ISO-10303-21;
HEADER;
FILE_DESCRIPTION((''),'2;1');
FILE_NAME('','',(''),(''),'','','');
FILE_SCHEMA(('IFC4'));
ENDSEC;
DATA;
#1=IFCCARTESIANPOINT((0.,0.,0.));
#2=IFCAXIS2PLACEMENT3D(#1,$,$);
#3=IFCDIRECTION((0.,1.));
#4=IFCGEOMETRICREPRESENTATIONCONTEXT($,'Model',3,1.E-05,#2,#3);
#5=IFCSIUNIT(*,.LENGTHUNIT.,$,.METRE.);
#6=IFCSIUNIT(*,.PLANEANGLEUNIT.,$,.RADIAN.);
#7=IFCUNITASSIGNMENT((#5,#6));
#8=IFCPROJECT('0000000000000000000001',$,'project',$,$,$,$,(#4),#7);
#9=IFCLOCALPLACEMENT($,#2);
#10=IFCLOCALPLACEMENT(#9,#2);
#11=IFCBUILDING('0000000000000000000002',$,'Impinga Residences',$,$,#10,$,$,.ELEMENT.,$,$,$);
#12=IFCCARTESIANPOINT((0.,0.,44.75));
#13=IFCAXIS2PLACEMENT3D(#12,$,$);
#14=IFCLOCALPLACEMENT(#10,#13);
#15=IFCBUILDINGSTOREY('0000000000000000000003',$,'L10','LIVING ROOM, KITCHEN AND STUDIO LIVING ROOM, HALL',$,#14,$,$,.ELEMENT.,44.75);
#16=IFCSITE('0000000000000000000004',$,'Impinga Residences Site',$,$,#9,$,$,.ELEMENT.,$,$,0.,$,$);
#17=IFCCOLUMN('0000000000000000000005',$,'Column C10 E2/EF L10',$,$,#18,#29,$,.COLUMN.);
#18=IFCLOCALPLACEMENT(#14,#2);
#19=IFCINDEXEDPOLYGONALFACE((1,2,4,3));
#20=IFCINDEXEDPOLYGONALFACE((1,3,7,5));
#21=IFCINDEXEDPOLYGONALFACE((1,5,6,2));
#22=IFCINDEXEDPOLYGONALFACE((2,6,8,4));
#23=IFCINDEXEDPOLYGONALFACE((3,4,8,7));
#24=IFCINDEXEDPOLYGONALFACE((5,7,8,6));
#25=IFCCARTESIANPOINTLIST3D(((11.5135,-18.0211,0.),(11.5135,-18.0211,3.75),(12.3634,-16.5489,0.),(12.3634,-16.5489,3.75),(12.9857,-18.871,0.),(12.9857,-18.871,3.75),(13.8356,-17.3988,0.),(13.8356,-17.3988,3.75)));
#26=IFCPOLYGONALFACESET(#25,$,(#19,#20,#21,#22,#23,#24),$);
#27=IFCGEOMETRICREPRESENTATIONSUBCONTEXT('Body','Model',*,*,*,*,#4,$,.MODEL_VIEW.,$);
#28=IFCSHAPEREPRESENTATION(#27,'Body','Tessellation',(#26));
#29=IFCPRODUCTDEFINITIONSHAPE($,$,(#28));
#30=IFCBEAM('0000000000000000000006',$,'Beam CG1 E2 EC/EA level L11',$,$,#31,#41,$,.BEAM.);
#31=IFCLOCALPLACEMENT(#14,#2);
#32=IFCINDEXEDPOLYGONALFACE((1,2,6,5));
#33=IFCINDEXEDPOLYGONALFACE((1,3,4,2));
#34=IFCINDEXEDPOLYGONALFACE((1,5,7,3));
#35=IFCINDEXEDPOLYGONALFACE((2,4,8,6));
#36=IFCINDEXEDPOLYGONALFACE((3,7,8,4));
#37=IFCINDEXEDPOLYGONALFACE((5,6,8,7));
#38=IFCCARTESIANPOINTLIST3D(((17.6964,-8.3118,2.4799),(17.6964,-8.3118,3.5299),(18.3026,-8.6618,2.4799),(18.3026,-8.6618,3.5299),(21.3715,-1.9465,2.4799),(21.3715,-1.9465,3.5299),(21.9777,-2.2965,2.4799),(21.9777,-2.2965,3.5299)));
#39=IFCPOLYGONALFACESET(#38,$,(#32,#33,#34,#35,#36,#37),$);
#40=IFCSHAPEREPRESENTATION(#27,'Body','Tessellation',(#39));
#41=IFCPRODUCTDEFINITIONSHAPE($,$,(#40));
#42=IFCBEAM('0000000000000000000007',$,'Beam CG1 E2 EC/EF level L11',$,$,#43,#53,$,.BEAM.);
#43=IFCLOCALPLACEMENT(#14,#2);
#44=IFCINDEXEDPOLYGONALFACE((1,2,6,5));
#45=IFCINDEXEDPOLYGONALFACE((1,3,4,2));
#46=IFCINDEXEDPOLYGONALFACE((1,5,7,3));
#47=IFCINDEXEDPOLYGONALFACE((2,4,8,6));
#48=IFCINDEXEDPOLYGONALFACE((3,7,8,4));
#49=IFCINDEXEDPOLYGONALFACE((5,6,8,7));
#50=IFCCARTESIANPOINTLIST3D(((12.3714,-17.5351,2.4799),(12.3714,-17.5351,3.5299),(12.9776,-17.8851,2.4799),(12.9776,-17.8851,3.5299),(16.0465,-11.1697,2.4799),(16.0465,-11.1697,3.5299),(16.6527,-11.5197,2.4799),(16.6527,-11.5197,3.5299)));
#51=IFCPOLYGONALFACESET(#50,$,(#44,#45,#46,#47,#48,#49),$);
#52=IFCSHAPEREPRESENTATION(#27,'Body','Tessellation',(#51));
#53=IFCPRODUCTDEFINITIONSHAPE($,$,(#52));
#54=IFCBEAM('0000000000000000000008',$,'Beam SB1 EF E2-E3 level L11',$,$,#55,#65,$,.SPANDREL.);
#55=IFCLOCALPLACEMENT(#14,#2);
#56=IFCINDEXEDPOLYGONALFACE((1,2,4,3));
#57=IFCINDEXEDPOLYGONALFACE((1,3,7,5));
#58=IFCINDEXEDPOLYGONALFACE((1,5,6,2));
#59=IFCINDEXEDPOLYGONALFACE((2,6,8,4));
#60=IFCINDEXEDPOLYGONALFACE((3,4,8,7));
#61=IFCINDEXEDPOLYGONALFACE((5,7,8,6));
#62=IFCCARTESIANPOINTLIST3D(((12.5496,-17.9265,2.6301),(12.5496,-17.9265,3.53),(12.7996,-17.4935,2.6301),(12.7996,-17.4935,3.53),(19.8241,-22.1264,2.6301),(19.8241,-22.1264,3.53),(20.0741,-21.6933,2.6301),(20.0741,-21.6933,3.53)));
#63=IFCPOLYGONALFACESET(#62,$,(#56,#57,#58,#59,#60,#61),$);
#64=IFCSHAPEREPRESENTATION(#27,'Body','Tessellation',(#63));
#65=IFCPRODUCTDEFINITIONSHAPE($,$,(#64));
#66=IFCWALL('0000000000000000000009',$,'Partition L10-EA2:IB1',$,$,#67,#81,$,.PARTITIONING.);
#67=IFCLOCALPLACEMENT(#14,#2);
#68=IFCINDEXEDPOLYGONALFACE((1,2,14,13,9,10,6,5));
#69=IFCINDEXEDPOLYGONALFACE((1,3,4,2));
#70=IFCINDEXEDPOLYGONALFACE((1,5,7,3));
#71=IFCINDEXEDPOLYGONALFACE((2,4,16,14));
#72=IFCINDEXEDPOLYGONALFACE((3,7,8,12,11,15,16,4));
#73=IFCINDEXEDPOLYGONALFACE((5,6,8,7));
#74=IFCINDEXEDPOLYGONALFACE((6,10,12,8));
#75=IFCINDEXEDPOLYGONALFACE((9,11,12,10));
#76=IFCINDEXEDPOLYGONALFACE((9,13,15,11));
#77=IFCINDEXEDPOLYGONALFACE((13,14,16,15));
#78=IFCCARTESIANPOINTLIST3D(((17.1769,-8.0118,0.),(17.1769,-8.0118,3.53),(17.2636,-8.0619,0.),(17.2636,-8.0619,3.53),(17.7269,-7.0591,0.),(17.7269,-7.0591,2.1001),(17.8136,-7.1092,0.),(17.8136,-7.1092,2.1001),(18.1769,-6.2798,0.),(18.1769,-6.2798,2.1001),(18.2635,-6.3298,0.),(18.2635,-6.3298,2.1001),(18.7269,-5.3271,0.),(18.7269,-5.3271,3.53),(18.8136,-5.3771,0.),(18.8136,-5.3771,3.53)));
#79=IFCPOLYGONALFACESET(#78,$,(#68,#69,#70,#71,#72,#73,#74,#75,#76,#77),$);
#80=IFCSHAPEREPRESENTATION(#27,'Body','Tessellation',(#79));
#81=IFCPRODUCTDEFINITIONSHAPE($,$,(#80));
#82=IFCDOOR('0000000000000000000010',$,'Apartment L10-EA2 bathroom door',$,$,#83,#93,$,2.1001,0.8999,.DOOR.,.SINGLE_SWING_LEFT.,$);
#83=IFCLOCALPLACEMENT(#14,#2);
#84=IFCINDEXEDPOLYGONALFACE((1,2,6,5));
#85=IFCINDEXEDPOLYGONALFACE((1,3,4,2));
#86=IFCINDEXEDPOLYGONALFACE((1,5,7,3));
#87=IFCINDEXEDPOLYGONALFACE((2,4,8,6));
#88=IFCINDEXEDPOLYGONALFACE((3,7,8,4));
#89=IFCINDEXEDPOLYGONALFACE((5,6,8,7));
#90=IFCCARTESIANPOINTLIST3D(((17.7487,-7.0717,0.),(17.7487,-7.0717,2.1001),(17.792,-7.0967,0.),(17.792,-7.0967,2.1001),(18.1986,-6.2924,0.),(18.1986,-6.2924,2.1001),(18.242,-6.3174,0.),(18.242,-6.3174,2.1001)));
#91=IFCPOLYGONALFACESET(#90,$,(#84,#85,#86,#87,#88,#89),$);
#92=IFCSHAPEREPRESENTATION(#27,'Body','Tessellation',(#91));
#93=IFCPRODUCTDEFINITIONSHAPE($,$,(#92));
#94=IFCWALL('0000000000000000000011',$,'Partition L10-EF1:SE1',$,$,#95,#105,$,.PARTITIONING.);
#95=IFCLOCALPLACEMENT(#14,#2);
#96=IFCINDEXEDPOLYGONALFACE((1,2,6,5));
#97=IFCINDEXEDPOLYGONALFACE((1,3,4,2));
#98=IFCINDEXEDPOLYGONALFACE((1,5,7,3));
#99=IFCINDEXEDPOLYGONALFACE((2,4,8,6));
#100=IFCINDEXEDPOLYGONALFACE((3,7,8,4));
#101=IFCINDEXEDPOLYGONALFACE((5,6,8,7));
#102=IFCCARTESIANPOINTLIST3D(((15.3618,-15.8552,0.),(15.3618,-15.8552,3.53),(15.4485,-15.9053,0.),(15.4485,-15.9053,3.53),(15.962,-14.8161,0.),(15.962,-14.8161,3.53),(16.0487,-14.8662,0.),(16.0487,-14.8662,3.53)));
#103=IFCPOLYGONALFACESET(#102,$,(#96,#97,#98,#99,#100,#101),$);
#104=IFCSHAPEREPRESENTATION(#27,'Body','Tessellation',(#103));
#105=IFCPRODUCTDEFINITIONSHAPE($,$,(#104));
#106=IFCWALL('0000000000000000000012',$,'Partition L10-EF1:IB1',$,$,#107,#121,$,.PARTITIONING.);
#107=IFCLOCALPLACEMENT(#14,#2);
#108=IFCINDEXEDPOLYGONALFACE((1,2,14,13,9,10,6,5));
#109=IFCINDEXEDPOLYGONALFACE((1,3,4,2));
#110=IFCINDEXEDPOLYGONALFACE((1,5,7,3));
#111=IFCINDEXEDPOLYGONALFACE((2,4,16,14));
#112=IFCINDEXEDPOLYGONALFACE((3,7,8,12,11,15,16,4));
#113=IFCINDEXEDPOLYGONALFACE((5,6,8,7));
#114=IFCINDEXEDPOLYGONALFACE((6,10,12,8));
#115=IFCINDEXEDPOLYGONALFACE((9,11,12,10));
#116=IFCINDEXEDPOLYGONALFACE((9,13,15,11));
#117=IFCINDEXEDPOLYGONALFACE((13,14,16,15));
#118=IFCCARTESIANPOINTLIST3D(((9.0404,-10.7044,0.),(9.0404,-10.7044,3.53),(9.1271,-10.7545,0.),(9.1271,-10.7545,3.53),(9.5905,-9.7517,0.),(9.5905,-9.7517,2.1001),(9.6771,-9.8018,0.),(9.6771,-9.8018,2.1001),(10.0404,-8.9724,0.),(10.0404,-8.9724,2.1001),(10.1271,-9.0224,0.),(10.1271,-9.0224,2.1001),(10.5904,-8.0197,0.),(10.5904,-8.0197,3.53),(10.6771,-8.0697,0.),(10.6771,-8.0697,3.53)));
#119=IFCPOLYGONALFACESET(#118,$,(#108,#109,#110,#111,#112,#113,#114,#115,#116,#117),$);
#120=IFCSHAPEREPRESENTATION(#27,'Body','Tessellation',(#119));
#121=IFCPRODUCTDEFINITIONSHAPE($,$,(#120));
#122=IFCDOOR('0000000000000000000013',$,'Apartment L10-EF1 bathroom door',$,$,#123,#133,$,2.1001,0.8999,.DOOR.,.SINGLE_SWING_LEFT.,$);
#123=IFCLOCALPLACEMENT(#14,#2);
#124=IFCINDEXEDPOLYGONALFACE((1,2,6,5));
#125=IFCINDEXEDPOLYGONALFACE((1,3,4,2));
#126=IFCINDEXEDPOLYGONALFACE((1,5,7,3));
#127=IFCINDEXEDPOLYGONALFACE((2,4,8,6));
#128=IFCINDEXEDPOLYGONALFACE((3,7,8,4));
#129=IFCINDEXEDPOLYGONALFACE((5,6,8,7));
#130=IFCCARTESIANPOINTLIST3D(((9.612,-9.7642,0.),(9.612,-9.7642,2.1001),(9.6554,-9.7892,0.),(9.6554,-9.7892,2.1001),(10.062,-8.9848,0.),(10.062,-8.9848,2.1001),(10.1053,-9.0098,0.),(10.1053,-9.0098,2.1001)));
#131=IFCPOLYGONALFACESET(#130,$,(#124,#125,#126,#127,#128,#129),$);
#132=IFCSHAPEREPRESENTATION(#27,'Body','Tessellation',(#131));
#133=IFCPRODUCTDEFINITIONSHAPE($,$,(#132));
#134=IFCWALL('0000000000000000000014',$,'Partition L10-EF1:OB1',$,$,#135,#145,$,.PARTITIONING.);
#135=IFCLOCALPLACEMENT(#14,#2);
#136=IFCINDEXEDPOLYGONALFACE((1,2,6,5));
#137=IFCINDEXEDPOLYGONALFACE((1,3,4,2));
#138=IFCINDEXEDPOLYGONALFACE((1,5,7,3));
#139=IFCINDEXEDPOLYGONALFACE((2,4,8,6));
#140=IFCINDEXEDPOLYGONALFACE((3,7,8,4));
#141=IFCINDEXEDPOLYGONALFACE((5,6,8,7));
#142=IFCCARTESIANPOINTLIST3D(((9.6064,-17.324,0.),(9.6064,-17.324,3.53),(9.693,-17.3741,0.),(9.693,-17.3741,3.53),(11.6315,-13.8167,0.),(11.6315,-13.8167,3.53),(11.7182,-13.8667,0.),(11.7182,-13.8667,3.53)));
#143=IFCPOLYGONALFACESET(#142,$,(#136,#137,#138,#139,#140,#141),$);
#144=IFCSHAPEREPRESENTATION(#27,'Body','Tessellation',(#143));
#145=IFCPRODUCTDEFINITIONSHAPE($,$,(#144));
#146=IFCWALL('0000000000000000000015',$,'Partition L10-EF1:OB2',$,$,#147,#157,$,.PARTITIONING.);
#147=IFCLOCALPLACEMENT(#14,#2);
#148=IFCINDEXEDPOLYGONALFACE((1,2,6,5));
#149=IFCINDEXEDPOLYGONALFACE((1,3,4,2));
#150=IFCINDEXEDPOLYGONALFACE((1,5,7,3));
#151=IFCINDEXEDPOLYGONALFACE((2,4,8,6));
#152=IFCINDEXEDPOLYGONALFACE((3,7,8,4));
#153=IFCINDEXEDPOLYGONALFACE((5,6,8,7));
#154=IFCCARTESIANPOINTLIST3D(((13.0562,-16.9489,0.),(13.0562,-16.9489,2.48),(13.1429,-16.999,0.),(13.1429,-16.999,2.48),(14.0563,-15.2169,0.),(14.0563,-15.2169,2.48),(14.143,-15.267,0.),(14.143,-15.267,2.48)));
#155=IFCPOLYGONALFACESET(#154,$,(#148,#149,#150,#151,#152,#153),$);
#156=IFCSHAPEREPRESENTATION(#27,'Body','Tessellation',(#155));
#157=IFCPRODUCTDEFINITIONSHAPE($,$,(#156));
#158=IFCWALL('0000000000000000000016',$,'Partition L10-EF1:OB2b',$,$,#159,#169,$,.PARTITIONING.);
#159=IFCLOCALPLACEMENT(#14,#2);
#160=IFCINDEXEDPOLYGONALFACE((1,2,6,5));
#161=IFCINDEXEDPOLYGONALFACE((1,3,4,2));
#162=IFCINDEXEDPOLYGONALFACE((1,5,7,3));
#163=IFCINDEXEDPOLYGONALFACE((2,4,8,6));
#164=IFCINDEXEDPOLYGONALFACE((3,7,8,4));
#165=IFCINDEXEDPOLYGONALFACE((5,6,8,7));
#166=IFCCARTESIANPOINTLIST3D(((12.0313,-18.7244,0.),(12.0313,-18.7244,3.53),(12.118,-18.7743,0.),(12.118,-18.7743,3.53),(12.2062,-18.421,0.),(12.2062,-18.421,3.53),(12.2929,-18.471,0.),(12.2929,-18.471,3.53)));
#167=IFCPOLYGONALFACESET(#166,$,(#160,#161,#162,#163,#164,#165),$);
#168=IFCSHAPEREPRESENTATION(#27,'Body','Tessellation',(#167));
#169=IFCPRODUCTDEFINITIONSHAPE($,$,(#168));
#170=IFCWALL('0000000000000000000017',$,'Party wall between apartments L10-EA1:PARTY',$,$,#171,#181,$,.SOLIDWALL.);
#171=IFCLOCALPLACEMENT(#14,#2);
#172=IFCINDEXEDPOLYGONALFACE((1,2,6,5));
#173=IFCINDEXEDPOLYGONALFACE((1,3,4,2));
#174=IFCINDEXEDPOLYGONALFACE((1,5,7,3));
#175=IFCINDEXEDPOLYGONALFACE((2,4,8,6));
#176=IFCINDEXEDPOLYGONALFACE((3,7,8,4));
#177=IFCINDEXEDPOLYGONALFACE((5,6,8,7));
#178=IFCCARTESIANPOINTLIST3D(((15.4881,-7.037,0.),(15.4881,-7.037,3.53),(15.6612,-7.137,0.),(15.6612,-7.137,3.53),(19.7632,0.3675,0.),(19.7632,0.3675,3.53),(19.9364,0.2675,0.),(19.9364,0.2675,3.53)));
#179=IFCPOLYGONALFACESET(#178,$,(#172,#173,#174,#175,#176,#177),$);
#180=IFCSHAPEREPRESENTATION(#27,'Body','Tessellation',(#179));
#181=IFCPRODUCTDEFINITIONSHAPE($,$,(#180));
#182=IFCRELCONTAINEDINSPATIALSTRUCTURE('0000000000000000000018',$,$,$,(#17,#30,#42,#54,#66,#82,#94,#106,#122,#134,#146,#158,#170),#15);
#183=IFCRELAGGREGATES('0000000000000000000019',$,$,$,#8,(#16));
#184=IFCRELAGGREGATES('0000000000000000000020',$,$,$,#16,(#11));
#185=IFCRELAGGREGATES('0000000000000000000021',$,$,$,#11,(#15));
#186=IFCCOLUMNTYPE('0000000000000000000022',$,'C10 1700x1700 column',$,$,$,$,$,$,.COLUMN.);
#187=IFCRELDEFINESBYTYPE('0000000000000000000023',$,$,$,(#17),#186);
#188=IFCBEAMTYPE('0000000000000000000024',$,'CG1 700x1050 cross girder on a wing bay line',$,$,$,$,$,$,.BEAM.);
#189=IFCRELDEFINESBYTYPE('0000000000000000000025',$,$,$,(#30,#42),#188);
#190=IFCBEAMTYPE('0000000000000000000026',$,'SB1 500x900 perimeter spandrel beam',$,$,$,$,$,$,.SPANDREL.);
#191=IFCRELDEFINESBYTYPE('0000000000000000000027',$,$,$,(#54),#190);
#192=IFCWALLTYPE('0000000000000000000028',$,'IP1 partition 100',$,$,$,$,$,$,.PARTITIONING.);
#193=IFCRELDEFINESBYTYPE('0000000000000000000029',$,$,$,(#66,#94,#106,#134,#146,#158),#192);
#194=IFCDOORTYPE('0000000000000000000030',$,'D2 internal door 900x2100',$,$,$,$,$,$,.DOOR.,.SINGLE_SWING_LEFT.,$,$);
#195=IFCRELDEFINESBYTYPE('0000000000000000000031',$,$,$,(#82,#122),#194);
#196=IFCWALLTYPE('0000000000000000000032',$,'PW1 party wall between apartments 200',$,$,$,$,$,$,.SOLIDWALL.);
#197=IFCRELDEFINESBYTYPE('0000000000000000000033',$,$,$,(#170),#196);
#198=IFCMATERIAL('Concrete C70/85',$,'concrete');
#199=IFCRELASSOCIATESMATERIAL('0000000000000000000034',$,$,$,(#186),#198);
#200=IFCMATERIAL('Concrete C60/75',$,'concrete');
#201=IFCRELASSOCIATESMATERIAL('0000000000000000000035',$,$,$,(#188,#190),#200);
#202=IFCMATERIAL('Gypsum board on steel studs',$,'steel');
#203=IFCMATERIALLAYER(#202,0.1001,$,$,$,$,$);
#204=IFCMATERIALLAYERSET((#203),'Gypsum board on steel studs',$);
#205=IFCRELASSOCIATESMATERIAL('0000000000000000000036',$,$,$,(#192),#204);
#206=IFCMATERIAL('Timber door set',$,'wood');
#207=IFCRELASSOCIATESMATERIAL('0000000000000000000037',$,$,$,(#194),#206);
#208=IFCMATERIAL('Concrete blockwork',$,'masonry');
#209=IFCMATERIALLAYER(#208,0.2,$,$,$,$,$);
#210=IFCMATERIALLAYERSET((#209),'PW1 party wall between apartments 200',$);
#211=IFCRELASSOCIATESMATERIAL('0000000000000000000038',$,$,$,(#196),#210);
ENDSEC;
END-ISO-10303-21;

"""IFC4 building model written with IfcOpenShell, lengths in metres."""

from ifc_helpers import new_model, si_unit, direction, frame, frame_2d, origin, origin_2d, place, context, subcontext, project, spatial, rectangle, extrude, material, layer, layer_set, material_profile, profile_set, type_object, element, fill, save


model = new_model("IFC4")

# Units and contexts
model_context = context("Model", 3, precision=1e-05, world=origin(), true_north=direction((0.0, 1.0)))
body_context = subcontext(model_context, "Body", "Model", "MODEL_VIEW")
ifc_project = project(units=[si_unit("LENGTHUNIT", "METRE"), si_unit("PLANEANGLEUNIT", "RADIAN")], contexts=[model_context])

# Site, building, storey
site_placement = place(None, origin())
site = spatial("IfcSite", under=ifc_project, at=site_placement, Name="Impinga Residences Site", CompositionType="ELEMENT", RefElevation=0.0)
building_placement = place(site_placement, origin())
building = spatial("IfcBuilding", under=site, at=building_placement, Name="Impinga Residences", CompositionType="ELEMENT")
storey_placement = place(building_placement, frame((0.0, 0.0, 44.75)))
storey = spatial("IfcBuildingStorey", under=building, at=storey_placement, Name="L10", Description="LIVING ROOM, KITCHEN AND STUDIO LIVING ROOM, HALL", CompositionType="ELEMENT", Elevation=44.75)

# Column
ifc_material_1 = material(Name="Concrete C70/85", Category="concrete")
ifc_material_profile_1 = material_profile(ifc_material_1, rectangle(XDim=1.7, YDim=1.7, at=origin_2d()), Name="RC 1700x1700")
ifc_profile_set_1 = profile_set([ifc_material_profile_1], Name="Concrete C70/85")
column_type = type_object("IfcColumnType", Name="C10 1700x1700 column", PredefinedType="COLUMN", material=ifc_profile_set_1)
column_placement = place(storey_placement, frame((12.6746, -17.71, 0.0), z_axis=(0.0, 0.0, 1.0), x_axis=(-0.5, -0.866025, 0.0)))
element("IfcColumn", 1, at=column_placement, inside=storey, type_object=column_type, Name="Column C10 E2/EF L10", PredefinedType="COLUMN", context=body_context, shape_type="SweptSolid", body=[
    extrude(rectangle(XDim=1.7, YDim=1.7, at=origin_2d()), origin(), (0.0, 0.0, 1.0), 3.75),
])

# Beams
ifc_material_2 = material(Name="Concrete C60/75", Category="concrete")
ifc_material_profile_2 = material_profile(ifc_material_2, rectangle(XDim=0.7, YDim=1.05, at=origin_2d()), Name="RC 700x1050")
ifc_profile_set_2 = profile_set([ifc_material_profile_2], Name="Concrete C60/75")
beam_type_1 = type_object("IfcBeamType", Name="CG1 700x1050 cross girder on a wing bay line", PredefinedType="BEAM", material=ifc_profile_set_2)
for number, where, z_axis, x_axis, name in (
    (2, (17.9995, -8.4868, 3.0049), (0.500008, 0.866021, 0.0), (-0.866021, 0.500008, 0.0), "Beam CG1 E2 EC/EA level L11"),
    (3, (16.3496, -11.3447, 3.0049), (-0.500008, -0.866021, 0.0), (0.866021, -0.500008, 0.0), "Beam CG1 E2 EC/EF level L11"),
):
    element("IfcBeam", number, at=place(storey_placement, frame(where, z_axis=z_axis, x_axis=x_axis)), inside=storey, type_object=beam_type_1, Name=name, PredefinedType="BEAM", context=body_context, shape_type="SweptSolid", body=[
        extrude(rectangle(XDim=0.7, YDim=1.05, at=origin_2d()), origin(), (0.0, 0.0, 1.0), 7.3501),
    ])
ifc_material_profile_3 = material_profile(ifc_material_2, rectangle(XDim=0.5, YDim=0.8999, at=origin_2d()), Name="RC 500x900")
ifc_profile_set_3 = profile_set([ifc_material_profile_3], Name="Concrete C60/75")
beam_type_2 = type_object("IfcBeamType", Name="SB1 500x900 perimeter spandrel beam", PredefinedType="SPANDREL", material=ifc_profile_set_3)
beam_placement = place(storey_placement, frame((12.6746, -17.71, 3.0801), z_axis=(0.866029, -0.499993, 0.0), x_axis=(0.499993, 0.866029, 0.0)))
element("IfcBeam", 4, at=beam_placement, inside=storey, type_object=beam_type_2, Name="Beam SB1 EF E2-E3 level L11", PredefinedType="SPANDREL", context=body_context, shape_type="SweptSolid", body=[
    extrude(rectangle(XDim=0.5, YDim=0.8999, at=origin_2d()), origin(), (0.0, 0.0, 1.0), 8.3999),
])

# Wall, opening, door
ifc_material_3 = material(Name="Gypsum board on steel studs", Category="steel")
ifc_layer_1 = layer(ifc_material_3, 0.1001)
ifc_layer_set_1 = layer_set([ifc_layer_1], Name="Gypsum board on steel studs")
wall_type_1 = type_object("IfcWallType", Name="IP1 partition 100", PredefinedType="PARTITIONING", material=ifc_layer_set_1)
wall_1_placement = place(storey_placement, frame((17.2202, -8.0369, 0.0), z_axis=(0.0, 0.0, 1.0), x_axis=(0.499993, 0.86603, 0.0)))
wall_1 = element("IfcWall", 5, at=wall_1_placement, inside=storey, type_object=wall_type_1, Name="Partition L10-EA2:IB1", PredefinedType="PARTITIONING", context=body_context, shape_type="SweptSolid", body=[
    extrude(rectangle(XDim=3.1001, YDim=0.1001, at=frame_2d((1.55, 0.0))), origin(), (0.0, 0.0, 1.0), 3.53),
])
opening_1_placement = place(wall_1_placement, frame((1.1001, 0.0, 0.0)))
opening_1 = element("IfcOpeningElement", 6, at=opening_1_placement, cuts=wall_1, PredefinedType="OPENING", context=body_context, shape_type="SweptSolid", body=[
    extrude(rectangle(XDim=0.8999, YDim=2.1001, at=frame_2d((0.45, 1.05))), frame((0.0, 0.0601, 0.0), z_axis=(0.0, -1.0, 0.0), x_axis=(1.0, 0.0, 0.0)), (0.0, 0.0, 1.0), 0.1201),
])
ifc_material_4 = material(Name="Timber door set", Category="wood")
door_type = type_object("IfcDoorType", Name="D2 internal door 900x2100", OperationType="SINGLE_SWING_LEFT", PredefinedType="DOOR", material=ifc_material_4)
door_1_placement = place(opening_1_placement, origin())
door_1 = element("IfcDoor", 7, at=door_1_placement, inside=storey, type_object=door_type, Name="Apartment L10-EA2 bathroom door", OperationType="SINGLE_SWING_LEFT", OverallHeight=2.1001, OverallWidth=0.8999, PredefinedType="DOOR", context=body_context, shape_type="SweptSolid", body=[
    extrude(rectangle(XDim=0.8999, YDim=2.1001, at=frame_2d((0.45, 1.05))), frame((0.0, 0.0249, 0.0), z_axis=(0.0, -1.0, 0.0), x_axis=(1.0, 0.0, 0.0)), (0.0, 0.0, 1.0), 0.05),
])
fill(opening_1, door_1)

# Wall
wall_2_placement = place(storey_placement, frame((16.0054, -14.8411, 0.0), z_axis=(0.0, 0.0, 1.0), x_axis=(-0.500122, -0.865955, 0.0)))
element("IfcWall", 8, at=wall_2_placement, inside=storey, type_object=wall_type_1, Name="Partition L10-EF1:SE1", PredefinedType="PARTITIONING", context=body_context, shape_type="SweptSolid", body=[
    extrude(rectangle(XDim=1.2, YDim=0.1001, at=frame_2d((0.6001, 0.0))), origin(), (0.0, 0.0, 1.0), 3.53),
])

# Wall, opening, door
wall_3_placement = place(storey_placement, frame((10.6338, -8.0447, 0.0), z_axis=(0.0, 0.0, 1.0), x_axis=(-0.499993, -0.86603, 0.0)))
wall_3 = element("IfcWall", 9, at=wall_3_placement, inside=storey, type_object=wall_type_1, Name="Partition L10-EF1:IB1", PredefinedType="PARTITIONING", context=body_context, shape_type="SweptSolid", body=[
    extrude(rectangle(XDim=3.1001, YDim=0.1001, at=frame_2d((1.55, 0.0))), origin(), (0.0, 0.0, 1.0), 3.53),
])
opening_2_placement = place(wall_3_placement, frame((1.1001, 0.0, 0.0)))
opening_2 = element("IfcOpeningElement", 10, at=opening_2_placement, cuts=wall_3, PredefinedType="OPENING", context=body_context, shape_type="SweptSolid", body=[
    extrude(rectangle(XDim=0.8999, YDim=2.1001, at=frame_2d((0.45, 1.05))), frame((0.0, 0.0601, 0.0), z_axis=(0.0, -1.0, 0.0), x_axis=(1.0, 0.0, 0.0)), (0.0, 0.0, 1.0), 0.1201),
])
door_2_placement = place(opening_2_placement, origin())
door_2 = element("IfcDoor", 11, at=door_2_placement, inside=storey, type_object=door_type, Name="Apartment L10-EF1 bathroom door", OperationType="SINGLE_SWING_LEFT", OverallHeight=2.1001, OverallWidth=0.8999, PredefinedType="DOOR", context=body_context, shape_type="SweptSolid", body=[
    extrude(rectangle(XDim=0.8999, YDim=2.1001, at=frame_2d((0.45, 1.05))), frame((0.0, 0.0249, 0.0), z_axis=(0.0, -1.0, 0.0), x_axis=(1.0, 0.0, 0.0)), (0.0, 0.0, 1.0), 0.05),
])
fill(opening_2, door_2)

# Walls
wall_4_placement = place(storey_placement, frame((11.6748, -13.8418, 0.0), z_axis=(0.0, 0.0, 1.0), x_axis=(-0.500036, -0.866005, 0.0)))
element("IfcWall", 12, at=wall_4_placement, inside=storey, type_object=wall_type_1, Name="Partition L10-EF1:OB1", PredefinedType="PARTITIONING", context=body_context, shape_type="SweptSolid", body=[
    extrude(rectangle(XDim=4.05, YDim=0.1001, at=frame_2d((2.0249, 0.0))), origin(), (0.0, 0.0, 1.0), 3.53),
])
wall_5_placement = place(storey_placement, frame((14.0996, -15.2419, 0.0), z_axis=(0.0, 0.0, 1.0), x_axis=(-0.500025, -0.866011, 0.0)))
element("IfcWall", 13, at=wall_5_placement, inside=storey, type_object=wall_type_1, Name="Partition L10-EF1:OB2", PredefinedType="PARTITIONING", context=body_context, shape_type="SweptSolid", body=[
    extrude(rectangle(XDim=2.0, YDim=0.1001, at=frame_2d((1.0, 0.0))), origin(), (0.0, 0.0, 1.0), 2.48),
])
wall_6_placement = place(storey_placement, frame((12.2495, -18.446, 0.0), z_axis=(0.0, 0.0, 1.0), x_axis=(-0.499441, -0.866348, 0.0)))
element("IfcWall", 14, at=wall_6_placement, inside=storey, type_object=wall_type_1, Name="Partition L10-EF1:OB2b", PredefinedType="PARTITIONING", context=body_context, shape_type="SweptSolid", body=[
    extrude(rectangle(XDim=0.3501, YDim=0.1001, at=frame_2d((0.175, 0.0))), origin(), (0.0, 0.0, 1.0), 3.53),
])
ifc_material_5 = material(Name="Concrete blockwork", Category="masonry")
ifc_layer_2 = layer(ifc_material_5, 0.2)
ifc_layer_set_2 = layer_set([ifc_layer_2], Name="PW1 party wall between apartments 200")
wall_type_2 = type_object("IfcWallType", Name="PW1 party wall between apartments 200", PredefinedType="SOLIDWALL", material=ifc_layer_set_2)
wall_7_placement = place(storey_placement, frame((15.5747, -7.0869, 0.0), z_axis=(0.0, 0.0, 1.0), x_axis=(0.500012, 0.866019, 0.0)))
element("IfcWall", 15, at=wall_7_placement, inside=storey, type_object=wall_type_2, Name="Party wall between apartments L10-EA1:PARTY", PredefinedType="SOLIDWALL", context=body_context, shape_type="SweptSolid", body=[
    extrude(rectangle(XDim=8.55, YDim=0.2, at=frame_2d((4.2749, 0.0))), origin(), (0.0, 0.0, 1.0), 3.53),
])

save(model, "model.ifc")
